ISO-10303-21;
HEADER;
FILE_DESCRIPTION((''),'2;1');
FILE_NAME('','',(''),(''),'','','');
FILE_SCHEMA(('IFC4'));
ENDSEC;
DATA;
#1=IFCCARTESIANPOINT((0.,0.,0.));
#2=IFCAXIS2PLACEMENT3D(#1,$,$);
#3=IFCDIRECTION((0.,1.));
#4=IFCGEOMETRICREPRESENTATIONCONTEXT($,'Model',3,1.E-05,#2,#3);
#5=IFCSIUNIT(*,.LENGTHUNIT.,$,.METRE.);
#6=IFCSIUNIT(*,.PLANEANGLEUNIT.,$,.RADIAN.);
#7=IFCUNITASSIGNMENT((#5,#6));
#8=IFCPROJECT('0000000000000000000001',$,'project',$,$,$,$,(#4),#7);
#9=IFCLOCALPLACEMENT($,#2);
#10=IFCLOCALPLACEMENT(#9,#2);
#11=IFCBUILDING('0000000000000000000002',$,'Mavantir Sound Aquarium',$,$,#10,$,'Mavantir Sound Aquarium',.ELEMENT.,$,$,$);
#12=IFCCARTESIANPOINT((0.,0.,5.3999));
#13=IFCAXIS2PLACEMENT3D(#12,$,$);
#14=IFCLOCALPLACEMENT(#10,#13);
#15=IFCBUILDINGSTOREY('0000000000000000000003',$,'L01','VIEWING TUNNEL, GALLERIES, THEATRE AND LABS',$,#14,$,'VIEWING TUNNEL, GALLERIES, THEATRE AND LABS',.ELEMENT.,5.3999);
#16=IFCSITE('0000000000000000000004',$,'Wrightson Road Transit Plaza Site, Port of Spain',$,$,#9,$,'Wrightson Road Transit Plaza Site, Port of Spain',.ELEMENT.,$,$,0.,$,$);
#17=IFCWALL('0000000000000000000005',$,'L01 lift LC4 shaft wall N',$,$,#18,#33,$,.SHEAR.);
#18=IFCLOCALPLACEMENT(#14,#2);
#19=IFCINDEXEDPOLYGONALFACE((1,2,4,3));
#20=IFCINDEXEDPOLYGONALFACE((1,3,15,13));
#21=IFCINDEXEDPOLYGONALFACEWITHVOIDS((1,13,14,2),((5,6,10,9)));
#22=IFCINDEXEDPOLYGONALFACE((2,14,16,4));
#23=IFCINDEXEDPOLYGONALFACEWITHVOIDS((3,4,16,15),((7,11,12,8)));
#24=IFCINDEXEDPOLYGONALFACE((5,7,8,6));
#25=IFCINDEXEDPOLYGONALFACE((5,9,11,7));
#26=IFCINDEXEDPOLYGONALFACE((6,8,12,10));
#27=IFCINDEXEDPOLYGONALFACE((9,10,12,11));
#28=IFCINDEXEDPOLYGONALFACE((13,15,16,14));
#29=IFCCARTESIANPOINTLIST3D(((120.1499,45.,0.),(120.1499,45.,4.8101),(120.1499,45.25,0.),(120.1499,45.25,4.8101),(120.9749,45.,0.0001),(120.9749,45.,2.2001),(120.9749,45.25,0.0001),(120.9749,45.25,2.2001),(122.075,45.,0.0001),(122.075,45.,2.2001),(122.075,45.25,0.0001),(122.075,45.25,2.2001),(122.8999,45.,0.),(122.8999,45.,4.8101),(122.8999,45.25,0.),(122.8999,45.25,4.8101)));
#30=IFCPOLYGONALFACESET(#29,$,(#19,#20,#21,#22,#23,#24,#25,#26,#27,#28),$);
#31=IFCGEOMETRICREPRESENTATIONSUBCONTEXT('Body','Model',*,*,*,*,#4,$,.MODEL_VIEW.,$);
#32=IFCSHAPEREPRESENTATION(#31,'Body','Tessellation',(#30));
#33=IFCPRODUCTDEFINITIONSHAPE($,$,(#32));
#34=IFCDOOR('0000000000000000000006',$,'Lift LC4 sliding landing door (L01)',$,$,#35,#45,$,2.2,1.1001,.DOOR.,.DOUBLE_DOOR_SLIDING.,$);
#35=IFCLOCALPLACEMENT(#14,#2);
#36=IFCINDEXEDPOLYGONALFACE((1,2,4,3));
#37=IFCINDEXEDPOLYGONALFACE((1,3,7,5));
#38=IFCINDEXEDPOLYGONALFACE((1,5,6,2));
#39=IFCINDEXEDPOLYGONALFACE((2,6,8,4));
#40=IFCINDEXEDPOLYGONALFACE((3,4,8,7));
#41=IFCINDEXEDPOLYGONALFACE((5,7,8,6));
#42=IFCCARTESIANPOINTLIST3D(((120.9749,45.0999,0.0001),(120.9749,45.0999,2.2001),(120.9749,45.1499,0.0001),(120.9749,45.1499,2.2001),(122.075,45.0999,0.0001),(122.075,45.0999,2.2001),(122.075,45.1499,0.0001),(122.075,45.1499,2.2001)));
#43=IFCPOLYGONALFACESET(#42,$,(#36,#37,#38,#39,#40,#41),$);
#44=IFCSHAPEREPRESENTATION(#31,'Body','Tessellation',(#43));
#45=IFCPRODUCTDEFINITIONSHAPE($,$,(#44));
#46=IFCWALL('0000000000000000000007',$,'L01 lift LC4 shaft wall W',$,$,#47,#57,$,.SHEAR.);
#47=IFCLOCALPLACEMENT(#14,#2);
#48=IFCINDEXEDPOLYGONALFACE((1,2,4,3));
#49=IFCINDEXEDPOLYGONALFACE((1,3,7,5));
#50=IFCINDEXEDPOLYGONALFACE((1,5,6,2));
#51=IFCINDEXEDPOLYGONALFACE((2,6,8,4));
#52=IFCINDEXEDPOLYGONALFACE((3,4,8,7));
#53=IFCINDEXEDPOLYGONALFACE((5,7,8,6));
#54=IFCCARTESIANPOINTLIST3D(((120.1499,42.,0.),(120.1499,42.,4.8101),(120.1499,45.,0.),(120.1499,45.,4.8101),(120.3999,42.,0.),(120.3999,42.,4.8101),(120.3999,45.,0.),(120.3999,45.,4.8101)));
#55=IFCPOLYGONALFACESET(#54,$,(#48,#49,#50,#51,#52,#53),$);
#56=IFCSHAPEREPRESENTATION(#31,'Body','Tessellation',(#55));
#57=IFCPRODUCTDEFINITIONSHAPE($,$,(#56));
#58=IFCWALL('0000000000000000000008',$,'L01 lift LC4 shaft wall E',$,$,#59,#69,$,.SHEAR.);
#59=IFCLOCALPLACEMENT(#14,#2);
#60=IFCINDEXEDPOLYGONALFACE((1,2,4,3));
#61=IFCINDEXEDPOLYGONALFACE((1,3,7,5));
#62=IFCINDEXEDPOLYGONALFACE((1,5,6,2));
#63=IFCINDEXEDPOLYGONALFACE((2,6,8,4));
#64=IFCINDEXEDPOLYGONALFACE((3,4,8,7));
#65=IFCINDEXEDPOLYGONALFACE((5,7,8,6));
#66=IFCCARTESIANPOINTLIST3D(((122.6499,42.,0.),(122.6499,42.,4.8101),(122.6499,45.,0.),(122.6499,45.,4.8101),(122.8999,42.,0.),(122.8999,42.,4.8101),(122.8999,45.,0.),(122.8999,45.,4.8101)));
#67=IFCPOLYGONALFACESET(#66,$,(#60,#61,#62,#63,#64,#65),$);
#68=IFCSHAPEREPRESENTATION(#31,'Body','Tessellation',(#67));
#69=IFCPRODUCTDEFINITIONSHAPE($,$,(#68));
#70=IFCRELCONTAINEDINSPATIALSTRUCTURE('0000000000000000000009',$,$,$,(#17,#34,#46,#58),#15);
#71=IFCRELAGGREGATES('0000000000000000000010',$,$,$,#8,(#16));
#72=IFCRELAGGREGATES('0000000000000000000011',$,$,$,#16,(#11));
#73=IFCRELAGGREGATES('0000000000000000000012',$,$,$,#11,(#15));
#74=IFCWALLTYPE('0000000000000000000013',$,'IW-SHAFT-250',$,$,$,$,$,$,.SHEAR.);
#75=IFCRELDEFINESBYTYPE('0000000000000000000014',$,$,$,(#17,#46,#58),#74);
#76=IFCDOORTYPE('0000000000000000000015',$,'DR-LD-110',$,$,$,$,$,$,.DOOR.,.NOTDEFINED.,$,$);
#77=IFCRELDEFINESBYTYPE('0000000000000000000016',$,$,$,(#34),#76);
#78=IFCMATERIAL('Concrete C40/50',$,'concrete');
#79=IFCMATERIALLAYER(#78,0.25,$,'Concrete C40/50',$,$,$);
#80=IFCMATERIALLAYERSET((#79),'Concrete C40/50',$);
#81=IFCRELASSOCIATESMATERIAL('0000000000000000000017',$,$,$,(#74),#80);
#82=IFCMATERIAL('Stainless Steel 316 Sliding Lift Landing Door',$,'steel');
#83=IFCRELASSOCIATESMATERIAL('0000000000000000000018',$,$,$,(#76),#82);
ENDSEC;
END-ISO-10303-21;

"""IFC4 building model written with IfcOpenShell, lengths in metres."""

from ifc_helpers import new_model, si_unit, direction, frame, frame_2d, origin, place, context, subcontext, project, spatial, rectangle, extrude, material, layer, layer_set, type_object, element, fill, save


model = new_model("IFC4")

# Units and contexts
model_context = context("Model", 3, precision=1e-05, world=origin(), true_north=direction((0.0, 1.0)))
body_context = subcontext(model_context, "Body", "Model", "MODEL_VIEW")
ifc_project = project(units=[si_unit("LENGTHUNIT", "METRE"), si_unit("PLANEANGLEUNIT", "RADIAN")], contexts=[model_context])

# Site, building, storey
site_placement = place(None, origin())
site = spatial("IfcSite", under=ifc_project, at=site_placement, Name="Wrightson Road Transit Plaza Site, Port of Spain", LongName="Wrightson Road Transit Plaza Site, Port of Spain", CompositionType="ELEMENT", RefElevation=0.0)
building_placement = place(site_placement, origin())
building = spatial("IfcBuilding", under=site, at=building_placement, Name="Mavantir Sound Aquarium", LongName="Mavantir Sound Aquarium", CompositionType="ELEMENT")
storey_placement = place(building_placement, frame((0.0, 0.0, 5.3999)))
storey = spatial("IfcBuildingStorey", under=building, at=storey_placement, Name="L01", Description="VIEWING TUNNEL, GALLERIES, THEATRE AND LABS", LongName="VIEWING TUNNEL, GALLERIES, THEATRE AND LABS", CompositionType="ELEMENT", Elevation=5.3999)

# Shared definitions
ifc_material_1 = material(Name="Concrete C40/50", Category="concrete")

# Shared definitions
ifc_layer_1 = layer(ifc_material_1, 0.25, Name="Concrete C40/50")
ifc_layer_set_1 = layer_set([ifc_layer_1], Name="Concrete C40/50")
wall_type_1 = type_object("IfcWallType", Name="IW-SHAFT-250", PredefinedType="SHEAR", material=ifc_layer_set_1)

# Wall, opening, door
wall_1_placement = place(storey_placement, frame((120.1499, 45.125, 0.0), z_axis=(0.0, 0.0, 1.0), x_axis=(1.0, 0.0, 0.0)))
wall_1 = element("IfcWall", 1, at=wall_1_placement, inside=storey, type_object=wall_type_1, Name="L01 lift LC4 shaft wall N", PredefinedType="SHEAR", context=body_context, shape_type="SweptSolid", body=[
    extrude(rectangle(XDim=2.75, YDim=0.25, at=frame_2d((1.375, 0.0))), origin(), (0.0, 0.0, 1.0), 4.8101),
])
opening_1_placement = place(wall_1_placement, frame((0.825, 0.0, 0.0)))
opening_1 = element("IfcOpeningElement", 2, at=opening_1_placement, cuts=wall_1, PredefinedType="OPENING", context=body_context, shape_type="SweptSolid", body=[
    extrude(rectangle(XDim=1.1001, YDim=2.2, at=frame_2d((0.55, 1.1001))), frame((0.0, 0.135, 0.0), z_axis=(0.0, -1.0, 0.0), x_axis=(1.0, 0.0, 0.0)), (0.0, 0.0, 1.0), 0.27),
])
ifc_material_2 = material(Name="Stainless Steel 316 Sliding Lift Landing Door", Category="steel")
door_type_1 = type_object("IfcDoorType", Name="DR-LD-110", OperationType="NOTDEFINED", PredefinedType="DOOR", material=ifc_material_2)
door_1_placement = place(opening_1_placement, origin())
door_1 = element("IfcDoor", 3, at=door_1_placement, inside=storey, type_object=door_type_1, Name="Lift LC4 sliding landing door (L01)", OperationType="DOUBLE_DOOR_SLIDING", OverallHeight=2.2, OverallWidth=1.1001, PredefinedType="DOOR", context=body_context, shape_type="SweptSolid", body=[
    extrude(rectangle(XDim=1.1001, YDim=2.2, at=frame_2d((0.55, 1.1001))), frame((0.0, 0.0249, 0.0), z_axis=(0.0, -1.0, 0.0), x_axis=(1.0, 0.0, 0.0)), (0.0, 0.0, 1.0), 0.05),
])
fill(opening_1, door_1)

# Walls
for number, where, z_axis, x_axis, name in (
    (4, (120.2749, 42.0, 0.0), (0.0, 0.0, 1.0), (0.0, 1.0, 0.0), "L01 lift LC4 shaft wall W"),
    (5, (122.7749, 42.0, 0.0), (0.0, 0.0, 1.0), (0.0, 1.0, 0.0), "L01 lift LC4 shaft wall E"),
):
    element("IfcWall", number, at=place(storey_placement, frame(where, z_axis=z_axis, x_axis=x_axis)), inside=storey, type_object=wall_type_1, Name=name, PredefinedType="SHEAR", context=body_context, shape_type="SweptSolid", body=[
        extrude(rectangle(XDim=3.0, YDim=0.25, at=frame_2d((1.5, 0.0))), origin(), (0.0, 0.0, 1.0), 4.8101),
    ])

save(model, "model.ifc")
